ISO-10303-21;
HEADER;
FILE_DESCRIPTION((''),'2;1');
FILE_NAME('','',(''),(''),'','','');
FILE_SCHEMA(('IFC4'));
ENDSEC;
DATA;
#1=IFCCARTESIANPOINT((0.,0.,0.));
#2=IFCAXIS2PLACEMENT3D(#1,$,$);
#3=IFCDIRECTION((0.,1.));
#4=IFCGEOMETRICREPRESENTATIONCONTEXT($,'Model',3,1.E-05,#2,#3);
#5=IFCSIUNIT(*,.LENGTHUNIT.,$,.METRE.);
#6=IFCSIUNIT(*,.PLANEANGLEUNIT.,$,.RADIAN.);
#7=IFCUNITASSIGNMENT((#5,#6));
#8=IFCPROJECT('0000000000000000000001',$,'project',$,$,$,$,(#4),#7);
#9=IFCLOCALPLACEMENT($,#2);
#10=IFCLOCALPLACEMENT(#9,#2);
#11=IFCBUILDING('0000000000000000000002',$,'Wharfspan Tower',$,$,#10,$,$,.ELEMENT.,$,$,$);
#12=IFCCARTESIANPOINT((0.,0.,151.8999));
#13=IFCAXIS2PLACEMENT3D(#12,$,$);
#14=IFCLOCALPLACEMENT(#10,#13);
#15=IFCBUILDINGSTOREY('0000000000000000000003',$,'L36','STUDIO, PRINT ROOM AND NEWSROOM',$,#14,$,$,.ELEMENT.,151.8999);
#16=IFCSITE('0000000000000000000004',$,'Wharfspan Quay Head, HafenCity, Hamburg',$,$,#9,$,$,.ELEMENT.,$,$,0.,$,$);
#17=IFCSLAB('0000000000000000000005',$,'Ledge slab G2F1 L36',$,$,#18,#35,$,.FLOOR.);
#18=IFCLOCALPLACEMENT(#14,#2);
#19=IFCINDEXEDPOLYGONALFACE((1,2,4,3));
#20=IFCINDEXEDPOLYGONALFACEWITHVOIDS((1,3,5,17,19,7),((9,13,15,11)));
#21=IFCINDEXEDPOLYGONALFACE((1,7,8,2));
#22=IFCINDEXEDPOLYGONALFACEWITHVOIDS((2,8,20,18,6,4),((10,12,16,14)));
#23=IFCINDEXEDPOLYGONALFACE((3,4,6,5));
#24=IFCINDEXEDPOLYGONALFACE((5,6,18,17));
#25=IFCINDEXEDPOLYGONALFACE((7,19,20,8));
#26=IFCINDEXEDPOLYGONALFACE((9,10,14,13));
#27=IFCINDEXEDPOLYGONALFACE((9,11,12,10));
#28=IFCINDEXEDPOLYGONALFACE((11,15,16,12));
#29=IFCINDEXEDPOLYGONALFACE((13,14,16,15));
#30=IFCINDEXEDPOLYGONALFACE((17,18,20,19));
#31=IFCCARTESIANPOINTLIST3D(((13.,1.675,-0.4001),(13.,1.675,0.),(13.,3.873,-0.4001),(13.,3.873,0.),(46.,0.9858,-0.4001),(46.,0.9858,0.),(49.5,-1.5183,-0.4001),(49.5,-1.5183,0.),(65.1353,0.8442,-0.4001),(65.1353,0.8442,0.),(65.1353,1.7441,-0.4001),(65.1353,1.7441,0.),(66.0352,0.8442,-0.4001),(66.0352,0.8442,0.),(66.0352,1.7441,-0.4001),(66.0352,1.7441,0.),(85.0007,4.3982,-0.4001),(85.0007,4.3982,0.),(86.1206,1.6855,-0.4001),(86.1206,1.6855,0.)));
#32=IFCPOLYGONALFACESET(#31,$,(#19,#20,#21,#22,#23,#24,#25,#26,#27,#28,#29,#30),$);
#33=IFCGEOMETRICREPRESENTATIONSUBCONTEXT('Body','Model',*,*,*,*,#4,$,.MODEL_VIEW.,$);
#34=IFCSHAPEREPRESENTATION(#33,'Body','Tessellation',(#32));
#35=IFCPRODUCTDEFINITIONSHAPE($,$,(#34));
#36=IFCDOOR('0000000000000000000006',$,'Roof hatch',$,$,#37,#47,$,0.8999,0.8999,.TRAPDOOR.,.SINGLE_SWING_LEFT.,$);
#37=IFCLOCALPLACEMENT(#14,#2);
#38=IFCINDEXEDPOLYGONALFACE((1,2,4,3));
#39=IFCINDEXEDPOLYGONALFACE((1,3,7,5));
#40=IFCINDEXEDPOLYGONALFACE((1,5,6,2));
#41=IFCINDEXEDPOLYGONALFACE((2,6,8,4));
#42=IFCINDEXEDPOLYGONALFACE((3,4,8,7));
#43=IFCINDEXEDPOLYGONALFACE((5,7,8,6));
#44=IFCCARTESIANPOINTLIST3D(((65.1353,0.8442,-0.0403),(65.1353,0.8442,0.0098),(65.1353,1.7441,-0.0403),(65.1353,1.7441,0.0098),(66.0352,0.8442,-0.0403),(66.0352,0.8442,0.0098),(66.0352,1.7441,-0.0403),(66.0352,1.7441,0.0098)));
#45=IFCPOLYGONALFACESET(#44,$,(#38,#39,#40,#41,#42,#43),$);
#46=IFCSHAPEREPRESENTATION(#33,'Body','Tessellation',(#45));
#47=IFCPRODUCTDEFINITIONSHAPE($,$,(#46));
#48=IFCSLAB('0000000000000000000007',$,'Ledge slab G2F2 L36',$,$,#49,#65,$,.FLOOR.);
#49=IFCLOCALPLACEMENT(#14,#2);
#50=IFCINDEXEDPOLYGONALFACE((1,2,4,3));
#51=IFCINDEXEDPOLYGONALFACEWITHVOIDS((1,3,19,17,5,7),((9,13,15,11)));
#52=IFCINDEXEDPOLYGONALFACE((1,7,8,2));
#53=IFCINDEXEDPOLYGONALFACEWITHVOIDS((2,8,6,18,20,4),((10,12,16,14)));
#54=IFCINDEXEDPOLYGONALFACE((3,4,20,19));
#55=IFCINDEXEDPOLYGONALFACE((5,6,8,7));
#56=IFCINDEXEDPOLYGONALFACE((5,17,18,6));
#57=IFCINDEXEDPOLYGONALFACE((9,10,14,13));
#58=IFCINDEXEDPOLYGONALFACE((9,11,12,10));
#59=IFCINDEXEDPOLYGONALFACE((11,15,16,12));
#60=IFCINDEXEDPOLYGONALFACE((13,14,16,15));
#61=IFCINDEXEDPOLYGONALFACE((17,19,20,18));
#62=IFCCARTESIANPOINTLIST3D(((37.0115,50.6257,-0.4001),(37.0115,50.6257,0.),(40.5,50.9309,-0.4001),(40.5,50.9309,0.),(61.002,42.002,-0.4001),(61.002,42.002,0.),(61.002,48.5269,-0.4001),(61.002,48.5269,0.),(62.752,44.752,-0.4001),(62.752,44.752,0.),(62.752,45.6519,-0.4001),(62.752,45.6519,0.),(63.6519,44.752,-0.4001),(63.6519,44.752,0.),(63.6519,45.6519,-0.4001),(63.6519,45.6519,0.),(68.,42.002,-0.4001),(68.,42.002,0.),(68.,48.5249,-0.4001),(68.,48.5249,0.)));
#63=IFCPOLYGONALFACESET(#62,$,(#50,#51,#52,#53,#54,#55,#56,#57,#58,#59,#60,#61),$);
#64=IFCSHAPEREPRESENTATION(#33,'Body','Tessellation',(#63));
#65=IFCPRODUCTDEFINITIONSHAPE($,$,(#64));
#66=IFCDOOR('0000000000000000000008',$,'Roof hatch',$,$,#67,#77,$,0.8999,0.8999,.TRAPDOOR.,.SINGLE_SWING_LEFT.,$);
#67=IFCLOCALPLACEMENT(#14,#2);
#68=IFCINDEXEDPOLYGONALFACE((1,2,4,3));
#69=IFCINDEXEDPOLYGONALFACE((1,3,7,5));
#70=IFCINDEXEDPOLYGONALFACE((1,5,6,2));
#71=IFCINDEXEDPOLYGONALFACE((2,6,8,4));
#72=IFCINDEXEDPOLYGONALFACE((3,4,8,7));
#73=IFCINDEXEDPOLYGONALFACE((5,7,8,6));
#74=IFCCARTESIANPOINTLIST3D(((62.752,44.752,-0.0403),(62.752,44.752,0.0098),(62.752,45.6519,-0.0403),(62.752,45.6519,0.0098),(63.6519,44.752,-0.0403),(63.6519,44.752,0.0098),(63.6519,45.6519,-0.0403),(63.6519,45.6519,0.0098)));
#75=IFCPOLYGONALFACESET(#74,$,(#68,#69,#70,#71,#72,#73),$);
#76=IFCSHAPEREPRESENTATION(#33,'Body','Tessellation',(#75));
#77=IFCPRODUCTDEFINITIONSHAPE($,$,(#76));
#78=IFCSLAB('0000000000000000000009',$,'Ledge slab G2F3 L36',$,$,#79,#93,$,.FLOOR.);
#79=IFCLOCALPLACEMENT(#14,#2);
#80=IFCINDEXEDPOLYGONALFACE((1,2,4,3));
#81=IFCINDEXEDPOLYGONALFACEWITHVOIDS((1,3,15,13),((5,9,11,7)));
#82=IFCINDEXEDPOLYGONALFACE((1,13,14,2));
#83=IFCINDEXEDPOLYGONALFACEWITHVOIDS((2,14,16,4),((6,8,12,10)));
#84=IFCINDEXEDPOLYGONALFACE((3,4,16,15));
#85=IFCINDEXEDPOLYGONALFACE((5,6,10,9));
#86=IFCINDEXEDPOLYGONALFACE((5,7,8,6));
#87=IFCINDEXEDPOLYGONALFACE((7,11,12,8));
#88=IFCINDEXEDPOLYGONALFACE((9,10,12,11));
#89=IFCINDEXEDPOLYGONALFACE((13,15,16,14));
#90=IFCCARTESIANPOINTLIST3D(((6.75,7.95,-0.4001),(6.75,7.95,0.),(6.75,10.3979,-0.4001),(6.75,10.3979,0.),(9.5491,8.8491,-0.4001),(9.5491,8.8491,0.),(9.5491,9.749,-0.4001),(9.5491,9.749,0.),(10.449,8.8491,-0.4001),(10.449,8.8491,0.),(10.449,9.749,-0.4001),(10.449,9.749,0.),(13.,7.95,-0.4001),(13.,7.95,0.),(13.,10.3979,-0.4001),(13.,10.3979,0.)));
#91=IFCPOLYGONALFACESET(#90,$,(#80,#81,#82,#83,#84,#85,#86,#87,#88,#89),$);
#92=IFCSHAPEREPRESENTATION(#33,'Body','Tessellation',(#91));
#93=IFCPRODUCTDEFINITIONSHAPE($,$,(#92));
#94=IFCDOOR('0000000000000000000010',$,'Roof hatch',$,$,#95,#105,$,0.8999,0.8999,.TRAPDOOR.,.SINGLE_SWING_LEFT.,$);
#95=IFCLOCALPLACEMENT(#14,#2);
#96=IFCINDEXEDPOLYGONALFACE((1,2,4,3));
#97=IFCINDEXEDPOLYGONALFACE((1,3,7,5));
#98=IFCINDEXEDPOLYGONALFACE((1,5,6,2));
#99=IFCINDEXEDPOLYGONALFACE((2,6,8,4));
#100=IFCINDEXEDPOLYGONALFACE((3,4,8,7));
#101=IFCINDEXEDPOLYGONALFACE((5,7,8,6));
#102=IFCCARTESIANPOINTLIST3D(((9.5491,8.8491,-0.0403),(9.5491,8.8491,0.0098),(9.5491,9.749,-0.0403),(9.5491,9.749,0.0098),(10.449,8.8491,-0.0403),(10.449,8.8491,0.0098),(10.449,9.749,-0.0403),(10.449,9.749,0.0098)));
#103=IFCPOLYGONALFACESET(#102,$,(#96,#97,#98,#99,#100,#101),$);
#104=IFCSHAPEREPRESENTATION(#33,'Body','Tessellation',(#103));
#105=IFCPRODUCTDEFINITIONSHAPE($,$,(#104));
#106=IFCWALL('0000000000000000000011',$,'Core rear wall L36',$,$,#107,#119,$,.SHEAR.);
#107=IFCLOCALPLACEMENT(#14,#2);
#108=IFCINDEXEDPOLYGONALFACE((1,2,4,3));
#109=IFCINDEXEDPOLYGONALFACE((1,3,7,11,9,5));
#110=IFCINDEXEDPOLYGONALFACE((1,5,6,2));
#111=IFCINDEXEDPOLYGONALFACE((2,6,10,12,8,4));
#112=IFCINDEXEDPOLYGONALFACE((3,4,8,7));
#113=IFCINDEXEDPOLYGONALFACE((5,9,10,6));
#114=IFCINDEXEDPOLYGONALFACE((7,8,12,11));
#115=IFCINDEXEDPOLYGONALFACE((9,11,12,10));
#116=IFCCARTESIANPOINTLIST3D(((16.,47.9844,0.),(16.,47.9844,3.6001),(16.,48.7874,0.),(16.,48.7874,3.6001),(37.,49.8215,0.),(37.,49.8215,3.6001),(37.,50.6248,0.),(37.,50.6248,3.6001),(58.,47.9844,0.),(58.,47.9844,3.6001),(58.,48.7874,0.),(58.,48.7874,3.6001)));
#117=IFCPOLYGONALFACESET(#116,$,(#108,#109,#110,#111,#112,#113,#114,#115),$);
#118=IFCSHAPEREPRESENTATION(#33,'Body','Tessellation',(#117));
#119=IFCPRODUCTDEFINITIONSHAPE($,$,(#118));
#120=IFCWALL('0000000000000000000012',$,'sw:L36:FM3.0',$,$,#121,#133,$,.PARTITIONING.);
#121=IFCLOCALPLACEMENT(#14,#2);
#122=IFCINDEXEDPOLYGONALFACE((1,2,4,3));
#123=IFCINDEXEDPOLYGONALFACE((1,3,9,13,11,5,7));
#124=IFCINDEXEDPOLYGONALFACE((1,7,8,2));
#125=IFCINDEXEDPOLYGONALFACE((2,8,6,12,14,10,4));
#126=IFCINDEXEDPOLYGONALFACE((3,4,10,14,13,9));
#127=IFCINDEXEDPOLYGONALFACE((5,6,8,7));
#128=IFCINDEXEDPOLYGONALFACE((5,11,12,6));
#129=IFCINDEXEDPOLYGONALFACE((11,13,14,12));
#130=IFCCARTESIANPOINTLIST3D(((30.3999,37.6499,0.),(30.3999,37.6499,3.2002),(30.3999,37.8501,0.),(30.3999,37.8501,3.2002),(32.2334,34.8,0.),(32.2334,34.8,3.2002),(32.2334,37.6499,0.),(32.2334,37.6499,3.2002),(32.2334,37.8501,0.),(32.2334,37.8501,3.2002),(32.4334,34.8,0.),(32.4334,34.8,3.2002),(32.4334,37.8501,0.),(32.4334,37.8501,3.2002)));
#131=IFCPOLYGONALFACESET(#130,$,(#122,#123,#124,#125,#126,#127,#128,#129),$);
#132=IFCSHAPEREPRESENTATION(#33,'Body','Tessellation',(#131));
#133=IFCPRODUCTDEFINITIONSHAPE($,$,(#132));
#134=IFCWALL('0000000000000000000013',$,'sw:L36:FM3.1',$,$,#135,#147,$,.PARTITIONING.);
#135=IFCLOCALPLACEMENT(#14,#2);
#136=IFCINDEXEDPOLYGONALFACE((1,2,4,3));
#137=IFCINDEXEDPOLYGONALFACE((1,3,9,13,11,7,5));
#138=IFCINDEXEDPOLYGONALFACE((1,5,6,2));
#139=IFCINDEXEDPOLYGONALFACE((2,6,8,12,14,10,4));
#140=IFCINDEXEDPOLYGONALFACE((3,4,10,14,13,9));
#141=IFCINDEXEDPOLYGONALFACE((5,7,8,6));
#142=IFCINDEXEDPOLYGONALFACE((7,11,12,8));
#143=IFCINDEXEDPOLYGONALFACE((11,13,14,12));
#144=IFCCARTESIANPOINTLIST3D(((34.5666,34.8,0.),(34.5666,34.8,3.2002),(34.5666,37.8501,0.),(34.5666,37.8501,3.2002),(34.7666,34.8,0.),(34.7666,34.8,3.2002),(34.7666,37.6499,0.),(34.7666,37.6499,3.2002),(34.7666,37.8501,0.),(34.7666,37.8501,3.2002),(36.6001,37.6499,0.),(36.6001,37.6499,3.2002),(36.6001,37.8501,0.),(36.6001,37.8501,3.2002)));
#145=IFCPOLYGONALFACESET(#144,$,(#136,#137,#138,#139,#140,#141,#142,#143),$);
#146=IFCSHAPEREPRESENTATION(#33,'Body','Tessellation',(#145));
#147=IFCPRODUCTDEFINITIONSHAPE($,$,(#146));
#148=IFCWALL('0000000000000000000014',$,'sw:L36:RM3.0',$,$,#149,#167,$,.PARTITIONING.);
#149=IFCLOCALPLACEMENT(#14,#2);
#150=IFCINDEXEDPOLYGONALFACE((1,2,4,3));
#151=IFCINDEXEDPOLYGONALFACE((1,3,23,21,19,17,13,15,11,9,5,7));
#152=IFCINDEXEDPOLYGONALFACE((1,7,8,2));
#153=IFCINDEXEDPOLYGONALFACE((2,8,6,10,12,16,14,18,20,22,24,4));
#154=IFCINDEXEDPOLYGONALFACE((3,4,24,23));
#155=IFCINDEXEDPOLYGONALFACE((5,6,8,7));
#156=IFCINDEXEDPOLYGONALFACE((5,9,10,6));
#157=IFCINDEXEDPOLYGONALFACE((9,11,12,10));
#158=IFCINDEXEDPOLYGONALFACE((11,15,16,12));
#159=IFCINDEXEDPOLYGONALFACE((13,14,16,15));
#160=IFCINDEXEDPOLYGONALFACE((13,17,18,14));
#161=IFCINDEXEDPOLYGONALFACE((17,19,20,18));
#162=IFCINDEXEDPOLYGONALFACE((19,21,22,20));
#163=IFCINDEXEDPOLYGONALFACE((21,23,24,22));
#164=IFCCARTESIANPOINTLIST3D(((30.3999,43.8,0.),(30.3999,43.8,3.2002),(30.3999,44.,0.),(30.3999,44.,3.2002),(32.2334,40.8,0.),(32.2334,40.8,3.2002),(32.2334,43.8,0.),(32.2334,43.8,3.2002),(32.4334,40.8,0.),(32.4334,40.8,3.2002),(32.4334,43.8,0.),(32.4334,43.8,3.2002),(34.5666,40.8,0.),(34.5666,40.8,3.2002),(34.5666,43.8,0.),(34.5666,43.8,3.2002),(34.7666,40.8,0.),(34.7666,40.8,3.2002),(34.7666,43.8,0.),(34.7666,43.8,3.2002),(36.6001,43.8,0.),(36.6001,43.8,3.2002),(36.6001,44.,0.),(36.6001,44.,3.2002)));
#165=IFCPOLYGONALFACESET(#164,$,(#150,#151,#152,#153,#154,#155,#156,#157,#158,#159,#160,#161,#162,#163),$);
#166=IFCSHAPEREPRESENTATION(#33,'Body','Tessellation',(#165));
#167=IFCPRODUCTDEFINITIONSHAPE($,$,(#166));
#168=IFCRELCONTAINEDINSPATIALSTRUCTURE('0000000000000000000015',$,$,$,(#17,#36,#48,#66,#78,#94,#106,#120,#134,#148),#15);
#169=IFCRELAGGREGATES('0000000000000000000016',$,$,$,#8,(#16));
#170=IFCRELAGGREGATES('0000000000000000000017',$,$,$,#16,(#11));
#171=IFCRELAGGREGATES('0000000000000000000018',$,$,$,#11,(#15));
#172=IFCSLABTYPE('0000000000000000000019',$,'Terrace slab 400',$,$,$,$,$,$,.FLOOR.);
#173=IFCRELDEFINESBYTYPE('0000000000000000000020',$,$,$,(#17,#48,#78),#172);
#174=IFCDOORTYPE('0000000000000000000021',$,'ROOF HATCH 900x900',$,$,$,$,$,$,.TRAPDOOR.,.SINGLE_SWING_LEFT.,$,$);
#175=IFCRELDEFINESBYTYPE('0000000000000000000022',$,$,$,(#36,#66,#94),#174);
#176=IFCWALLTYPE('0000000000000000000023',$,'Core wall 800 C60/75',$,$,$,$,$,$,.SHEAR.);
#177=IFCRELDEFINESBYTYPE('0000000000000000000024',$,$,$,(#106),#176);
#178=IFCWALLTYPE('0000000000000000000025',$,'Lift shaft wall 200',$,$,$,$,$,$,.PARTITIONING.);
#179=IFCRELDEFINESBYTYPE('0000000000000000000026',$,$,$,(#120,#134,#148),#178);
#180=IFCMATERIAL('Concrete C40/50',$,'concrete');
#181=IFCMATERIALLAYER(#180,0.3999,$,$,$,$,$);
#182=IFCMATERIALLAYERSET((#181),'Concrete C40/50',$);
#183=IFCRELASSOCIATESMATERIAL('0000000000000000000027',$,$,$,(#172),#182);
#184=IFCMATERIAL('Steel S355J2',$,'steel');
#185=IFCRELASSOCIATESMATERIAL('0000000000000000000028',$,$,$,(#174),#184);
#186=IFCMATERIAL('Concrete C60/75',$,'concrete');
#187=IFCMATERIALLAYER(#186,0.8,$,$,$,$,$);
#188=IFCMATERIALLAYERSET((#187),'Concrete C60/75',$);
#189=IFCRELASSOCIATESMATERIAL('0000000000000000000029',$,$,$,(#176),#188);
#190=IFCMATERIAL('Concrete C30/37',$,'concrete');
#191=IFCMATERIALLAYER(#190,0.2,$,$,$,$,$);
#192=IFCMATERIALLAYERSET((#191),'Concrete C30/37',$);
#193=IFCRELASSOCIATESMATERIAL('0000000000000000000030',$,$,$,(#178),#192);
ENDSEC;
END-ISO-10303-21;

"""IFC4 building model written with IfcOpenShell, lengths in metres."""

from ifc_helpers import new_model, si_unit, direction, frame, origin, origin_2d, place, context, subcontext, project, spatial, polyline, rectangle, outline, extrude, material, layer, layer_set, type_object, element, fill, save


model = new_model("IFC4")

# Units and contexts
model_context = context("Model", 3, precision=1e-05, world=origin(), true_north=direction((0.0, 1.0)))
body_context = subcontext(model_context, "Body", "Model", "MODEL_VIEW")
ifc_project = project(units=[si_unit("LENGTHUNIT", "METRE"), si_unit("PLANEANGLEUNIT", "RADIAN")], contexts=[model_context])

# Site, building, storey
site_placement = place(None, origin())
site = spatial("IfcSite", under=ifc_project, at=site_placement, Name="Wharfspan Quay Head, HafenCity, Hamburg", CompositionType="ELEMENT", RefElevation=0.0)
building_placement = place(site_placement, origin())
building = spatial("IfcBuilding", under=site, at=building_placement, Name="Wharfspan Tower", CompositionType="ELEMENT")
storey_placement = place(building_placement, frame((0.0, 0.0, 151.8999)))
storey = spatial("IfcBuildingStorey", under=building, at=storey_placement, Name="L36", Description="STUDIO, PRINT ROOM AND NEWSROOM", CompositionType="ELEMENT", Elevation=151.8999)

# Shared definitions
ifc_material_1 = material(Name="Concrete C40/50", Category="concrete")

# Shared definitions
ifc_layer_1 = layer(ifc_material_1, 0.3999)
ifc_layer_set_1 = layer_set([ifc_layer_1], Name="Concrete C40/50")
slab_type_1 = type_object("IfcSlabType", Name="Terrace slab 400", PredefinedType="FLOOR", material=ifc_layer_set_1)

# Slabs, openings, doors
slab_1_placement = place(storey_placement, frame((0.0, 0.0, -0.4001)))
slab_1 = element("IfcSlab", 1, at=slab_1_placement, inside=storey, type_object=slab_type_1, Name="Ledge slab G2F1 L36", PredefinedType="FLOOR", context=body_context, shape_type="SweptSolid", body=[
    extrude(outline(polyline([(49.5, -1.5183), (86.1206, 1.6855), (85.0007, 4.3982), (46.0, 0.9858), (13.0, 3.873), (13.0, 1.675), (49.5, -1.5183)])), origin(), (0.0, 0.0, 1.0), 0.4001),
])
opening_1_placement = place(slab_1_placement, frame((65.5852, 1.2942, 0.0)))
opening_1 = element("IfcOpeningElement", 2, at=opening_1_placement, cuts=slab_1, PredefinedType="OPENING", context=body_context, shape_type="SweptSolid", body=[
    extrude(rectangle(XDim=0.8999, YDim=0.8999, at=origin_2d()), frame((0.0, 0.0, -0.01)), (0.0, 0.0, 1.0), 0.4199),
])
ifc_material_2 = material(Name="Steel S355J2", Category="steel")
door_type = type_object("IfcDoorType", Name="ROOF HATCH 900x900", OperationType="SINGLE_SWING_LEFT", PredefinedType="TRAPDOOR", material=ifc_material_2)
door_1_placement = place(opening_1_placement, frame((0.0, 0.0, 0.3599)))
door_1 = element("IfcDoor", 3, at=door_1_placement, inside=storey, type_object=door_type, Name="Roof hatch", OperationType="SINGLE_SWING_LEFT", OverallHeight=0.8999, OverallWidth=0.8999, PredefinedType="TRAPDOOR", context=body_context, shape_type="SweptSolid", body=[
    extrude(rectangle(XDim=0.8999, YDim=0.8999, at=origin_2d()), origin(), (0.0, 0.0, 1.0), 0.05),
])
fill(opening_1, door_1)
slab_2_placement = place(storey_placement, frame((0.0, 0.0, -0.4001)))
slab_2 = element("IfcSlab", 4, at=slab_2_placement, inside=storey, type_object=slab_type_1, Name="Ledge slab G2F2 L36", PredefinedType="FLOOR", context=body_context, shape_type="SweptSolid", body=[
    extrude(outline(polyline([(68.0, 48.5249), (40.5, 50.9309), (37.0115, 50.6257), (61.002, 48.5269), (61.002, 42.002), (68.0, 42.002), (68.0, 48.5249)])), origin(), (0.0, 0.0, 1.0), 0.4001),
])
opening_2_placement = place(slab_2_placement, frame((63.2019, 45.2019, 0.0)))
opening_2 = element("IfcOpeningElement", 5, at=opening_2_placement, cuts=slab_2, PredefinedType="OPENING", context=body_context, shape_type="SweptSolid", body=[
    extrude(rectangle(XDim=0.8999, YDim=0.8999, at=origin_2d()), frame((0.0, 0.0, -0.01)), (0.0, 0.0, 1.0), 0.4199),
])
door_2_placement = place(opening_2_placement, frame((0.0, 0.0, 0.3599)))
door_2 = element("IfcDoor", 6, at=door_2_placement, inside=storey, type_object=door_type, Name="Roof hatch", OperationType="SINGLE_SWING_LEFT", OverallHeight=0.8999, OverallWidth=0.8999, PredefinedType="TRAPDOOR", context=body_context, shape_type="SweptSolid", body=[
    extrude(rectangle(XDim=0.8999, YDim=0.8999, at=origin_2d()), origin(), (0.0, 0.0, 1.0), 0.05),
])
fill(opening_2, door_2)
slab_3_placement = place(storey_placement, frame((0.0, 0.0, -0.4001)))
slab_3 = element("IfcSlab", 7, at=slab_3_placement, inside=storey, type_object=slab_type_1, Name="Ledge slab G2F3 L36", PredefinedType="FLOOR", context=body_context, shape_type="SweptSolid", body=[
    extrude(outline(polyline([(6.75, 7.95), (13.0, 7.95), (13.0, 10.3979), (6.75, 10.3979), (6.75, 7.95)])), origin(), (0.0, 0.0, 1.0), 0.4001),
])
opening_3_placement = place(slab_3_placement, frame((9.999, 9.2991, 0.0)))
opening_3 = element("IfcOpeningElement", 8, at=opening_3_placement, cuts=slab_3, PredefinedType="OPENING", context=body_context, shape_type="SweptSolid", body=[
    extrude(rectangle(XDim=0.8999, YDim=0.8999, at=origin_2d()), frame((0.0, 0.0, -0.01)), (0.0, 0.0, 1.0), 0.4199),
])
door_3_placement = place(opening_3_placement, frame((0.0, 0.0, 0.3599)))
door_3 = element("IfcDoor", 9, at=door_3_placement, inside=storey, type_object=door_type, Name="Roof hatch", OperationType="SINGLE_SWING_LEFT", OverallHeight=0.8999, OverallWidth=0.8999, PredefinedType="TRAPDOOR", context=body_context, shape_type="SweptSolid", body=[
    extrude(rectangle(XDim=0.8999, YDim=0.8999, at=origin_2d()), origin(), (0.0, 0.0, 1.0), 0.05),
])
fill(opening_3, door_3)

# Walls
ifc_material_3 = material(Name="Concrete C60/75", Category="concrete")
ifc_layer_2 = layer(ifc_material_3, 0.8)
ifc_layer_set_2 = layer_set([ifc_layer_2], Name="Concrete C60/75")
wall_type_1 = type_object("IfcWallType", Name="Core wall 800 C60/75", PredefinedType="SHEAR", material=ifc_layer_set_2)
wall_1_placement = place(storey_placement, origin())
element("IfcWall", 10, at=wall_1_placement, inside=storey, type_object=wall_type_1, Name="Core rear wall L36", PredefinedType="SHEAR", context=body_context, shape_type="SweptSolid", body=[
    extrude(outline(polyline([(16.0, 47.9844), (37.0, 49.8215), (58.0, 47.9844), (58.0, 48.7874), (37.0, 50.6248), (16.0, 48.7874), (16.0, 47.9844)])), origin(), (0.0, 0.0, 1.0), 3.6001),
])
ifc_material_4 = material(Name="Concrete C30/37", Category="concrete")
ifc_layer_3 = layer(ifc_material_4, 0.2)
ifc_layer_set_3 = layer_set([ifc_layer_3], Name="Concrete C30/37")
wall_type_2 = type_object("IfcWallType", Name="Lift shaft wall 200", PredefinedType="PARTITIONING", material=ifc_layer_set_3)
wall_2_placement = place(storey_placement, origin())
element("IfcWall", 11, at=wall_2_placement, inside=storey, type_object=wall_type_2, Name="sw:L36:FM3.0", PredefinedType="PARTITIONING", context=body_context, shape_type="SweptSolid", body=[
    extrude(outline(polyline([(32.2334, 37.6499), (30.3999, 37.6499), (30.3999, 37.8501), (32.2334, 37.8501), (32.4333, 37.8501), (32.4333, 34.8), (32.2334, 34.8), (32.2334, 37.6499)])), origin(), (0.0, 0.0, 1.0), 3.2002),
])
wall_3_placement = place(storey_placement, origin())
element("IfcWall", 12, at=wall_3_placement, inside=storey, type_object=wall_type_2, Name="sw:L36:FM3.1", PredefinedType="PARTITIONING", context=body_context, shape_type="SweptSolid", body=[
    extrude(outline(polyline([(34.5667, 37.8501), (34.7666, 37.8501), (36.6001, 37.8501), (36.6001, 37.6499), (34.7666, 37.6499), (34.7666, 34.8), (34.5667, 34.8), (34.5667, 37.8501)])), origin(), (0.0, 0.0, 1.0), 3.2002),
])
wall_4_placement = place(storey_placement, origin())
element("IfcWall", 13, at=wall_4_placement, inside=storey, type_object=wall_type_2, Name="sw:L36:RM3.0", PredefinedType="PARTITIONING", context=body_context, shape_type="SweptSolid", body=[
    extrude(outline(polyline([(32.4333, 40.8), (32.2334, 40.8), (32.2334, 43.8), (30.3999, 43.8), (30.3999, 44.0), (36.6001, 44.0), (36.6001, 43.8), (34.7666, 43.8), (34.7666, 40.8), (34.5667, 40.8), (34.5667, 43.8), (32.4333, 43.8), (32.4333, 40.8)])), origin(), (0.0, 0.0, 1.0), 3.2002),
])

save(model, "model.ifc")
